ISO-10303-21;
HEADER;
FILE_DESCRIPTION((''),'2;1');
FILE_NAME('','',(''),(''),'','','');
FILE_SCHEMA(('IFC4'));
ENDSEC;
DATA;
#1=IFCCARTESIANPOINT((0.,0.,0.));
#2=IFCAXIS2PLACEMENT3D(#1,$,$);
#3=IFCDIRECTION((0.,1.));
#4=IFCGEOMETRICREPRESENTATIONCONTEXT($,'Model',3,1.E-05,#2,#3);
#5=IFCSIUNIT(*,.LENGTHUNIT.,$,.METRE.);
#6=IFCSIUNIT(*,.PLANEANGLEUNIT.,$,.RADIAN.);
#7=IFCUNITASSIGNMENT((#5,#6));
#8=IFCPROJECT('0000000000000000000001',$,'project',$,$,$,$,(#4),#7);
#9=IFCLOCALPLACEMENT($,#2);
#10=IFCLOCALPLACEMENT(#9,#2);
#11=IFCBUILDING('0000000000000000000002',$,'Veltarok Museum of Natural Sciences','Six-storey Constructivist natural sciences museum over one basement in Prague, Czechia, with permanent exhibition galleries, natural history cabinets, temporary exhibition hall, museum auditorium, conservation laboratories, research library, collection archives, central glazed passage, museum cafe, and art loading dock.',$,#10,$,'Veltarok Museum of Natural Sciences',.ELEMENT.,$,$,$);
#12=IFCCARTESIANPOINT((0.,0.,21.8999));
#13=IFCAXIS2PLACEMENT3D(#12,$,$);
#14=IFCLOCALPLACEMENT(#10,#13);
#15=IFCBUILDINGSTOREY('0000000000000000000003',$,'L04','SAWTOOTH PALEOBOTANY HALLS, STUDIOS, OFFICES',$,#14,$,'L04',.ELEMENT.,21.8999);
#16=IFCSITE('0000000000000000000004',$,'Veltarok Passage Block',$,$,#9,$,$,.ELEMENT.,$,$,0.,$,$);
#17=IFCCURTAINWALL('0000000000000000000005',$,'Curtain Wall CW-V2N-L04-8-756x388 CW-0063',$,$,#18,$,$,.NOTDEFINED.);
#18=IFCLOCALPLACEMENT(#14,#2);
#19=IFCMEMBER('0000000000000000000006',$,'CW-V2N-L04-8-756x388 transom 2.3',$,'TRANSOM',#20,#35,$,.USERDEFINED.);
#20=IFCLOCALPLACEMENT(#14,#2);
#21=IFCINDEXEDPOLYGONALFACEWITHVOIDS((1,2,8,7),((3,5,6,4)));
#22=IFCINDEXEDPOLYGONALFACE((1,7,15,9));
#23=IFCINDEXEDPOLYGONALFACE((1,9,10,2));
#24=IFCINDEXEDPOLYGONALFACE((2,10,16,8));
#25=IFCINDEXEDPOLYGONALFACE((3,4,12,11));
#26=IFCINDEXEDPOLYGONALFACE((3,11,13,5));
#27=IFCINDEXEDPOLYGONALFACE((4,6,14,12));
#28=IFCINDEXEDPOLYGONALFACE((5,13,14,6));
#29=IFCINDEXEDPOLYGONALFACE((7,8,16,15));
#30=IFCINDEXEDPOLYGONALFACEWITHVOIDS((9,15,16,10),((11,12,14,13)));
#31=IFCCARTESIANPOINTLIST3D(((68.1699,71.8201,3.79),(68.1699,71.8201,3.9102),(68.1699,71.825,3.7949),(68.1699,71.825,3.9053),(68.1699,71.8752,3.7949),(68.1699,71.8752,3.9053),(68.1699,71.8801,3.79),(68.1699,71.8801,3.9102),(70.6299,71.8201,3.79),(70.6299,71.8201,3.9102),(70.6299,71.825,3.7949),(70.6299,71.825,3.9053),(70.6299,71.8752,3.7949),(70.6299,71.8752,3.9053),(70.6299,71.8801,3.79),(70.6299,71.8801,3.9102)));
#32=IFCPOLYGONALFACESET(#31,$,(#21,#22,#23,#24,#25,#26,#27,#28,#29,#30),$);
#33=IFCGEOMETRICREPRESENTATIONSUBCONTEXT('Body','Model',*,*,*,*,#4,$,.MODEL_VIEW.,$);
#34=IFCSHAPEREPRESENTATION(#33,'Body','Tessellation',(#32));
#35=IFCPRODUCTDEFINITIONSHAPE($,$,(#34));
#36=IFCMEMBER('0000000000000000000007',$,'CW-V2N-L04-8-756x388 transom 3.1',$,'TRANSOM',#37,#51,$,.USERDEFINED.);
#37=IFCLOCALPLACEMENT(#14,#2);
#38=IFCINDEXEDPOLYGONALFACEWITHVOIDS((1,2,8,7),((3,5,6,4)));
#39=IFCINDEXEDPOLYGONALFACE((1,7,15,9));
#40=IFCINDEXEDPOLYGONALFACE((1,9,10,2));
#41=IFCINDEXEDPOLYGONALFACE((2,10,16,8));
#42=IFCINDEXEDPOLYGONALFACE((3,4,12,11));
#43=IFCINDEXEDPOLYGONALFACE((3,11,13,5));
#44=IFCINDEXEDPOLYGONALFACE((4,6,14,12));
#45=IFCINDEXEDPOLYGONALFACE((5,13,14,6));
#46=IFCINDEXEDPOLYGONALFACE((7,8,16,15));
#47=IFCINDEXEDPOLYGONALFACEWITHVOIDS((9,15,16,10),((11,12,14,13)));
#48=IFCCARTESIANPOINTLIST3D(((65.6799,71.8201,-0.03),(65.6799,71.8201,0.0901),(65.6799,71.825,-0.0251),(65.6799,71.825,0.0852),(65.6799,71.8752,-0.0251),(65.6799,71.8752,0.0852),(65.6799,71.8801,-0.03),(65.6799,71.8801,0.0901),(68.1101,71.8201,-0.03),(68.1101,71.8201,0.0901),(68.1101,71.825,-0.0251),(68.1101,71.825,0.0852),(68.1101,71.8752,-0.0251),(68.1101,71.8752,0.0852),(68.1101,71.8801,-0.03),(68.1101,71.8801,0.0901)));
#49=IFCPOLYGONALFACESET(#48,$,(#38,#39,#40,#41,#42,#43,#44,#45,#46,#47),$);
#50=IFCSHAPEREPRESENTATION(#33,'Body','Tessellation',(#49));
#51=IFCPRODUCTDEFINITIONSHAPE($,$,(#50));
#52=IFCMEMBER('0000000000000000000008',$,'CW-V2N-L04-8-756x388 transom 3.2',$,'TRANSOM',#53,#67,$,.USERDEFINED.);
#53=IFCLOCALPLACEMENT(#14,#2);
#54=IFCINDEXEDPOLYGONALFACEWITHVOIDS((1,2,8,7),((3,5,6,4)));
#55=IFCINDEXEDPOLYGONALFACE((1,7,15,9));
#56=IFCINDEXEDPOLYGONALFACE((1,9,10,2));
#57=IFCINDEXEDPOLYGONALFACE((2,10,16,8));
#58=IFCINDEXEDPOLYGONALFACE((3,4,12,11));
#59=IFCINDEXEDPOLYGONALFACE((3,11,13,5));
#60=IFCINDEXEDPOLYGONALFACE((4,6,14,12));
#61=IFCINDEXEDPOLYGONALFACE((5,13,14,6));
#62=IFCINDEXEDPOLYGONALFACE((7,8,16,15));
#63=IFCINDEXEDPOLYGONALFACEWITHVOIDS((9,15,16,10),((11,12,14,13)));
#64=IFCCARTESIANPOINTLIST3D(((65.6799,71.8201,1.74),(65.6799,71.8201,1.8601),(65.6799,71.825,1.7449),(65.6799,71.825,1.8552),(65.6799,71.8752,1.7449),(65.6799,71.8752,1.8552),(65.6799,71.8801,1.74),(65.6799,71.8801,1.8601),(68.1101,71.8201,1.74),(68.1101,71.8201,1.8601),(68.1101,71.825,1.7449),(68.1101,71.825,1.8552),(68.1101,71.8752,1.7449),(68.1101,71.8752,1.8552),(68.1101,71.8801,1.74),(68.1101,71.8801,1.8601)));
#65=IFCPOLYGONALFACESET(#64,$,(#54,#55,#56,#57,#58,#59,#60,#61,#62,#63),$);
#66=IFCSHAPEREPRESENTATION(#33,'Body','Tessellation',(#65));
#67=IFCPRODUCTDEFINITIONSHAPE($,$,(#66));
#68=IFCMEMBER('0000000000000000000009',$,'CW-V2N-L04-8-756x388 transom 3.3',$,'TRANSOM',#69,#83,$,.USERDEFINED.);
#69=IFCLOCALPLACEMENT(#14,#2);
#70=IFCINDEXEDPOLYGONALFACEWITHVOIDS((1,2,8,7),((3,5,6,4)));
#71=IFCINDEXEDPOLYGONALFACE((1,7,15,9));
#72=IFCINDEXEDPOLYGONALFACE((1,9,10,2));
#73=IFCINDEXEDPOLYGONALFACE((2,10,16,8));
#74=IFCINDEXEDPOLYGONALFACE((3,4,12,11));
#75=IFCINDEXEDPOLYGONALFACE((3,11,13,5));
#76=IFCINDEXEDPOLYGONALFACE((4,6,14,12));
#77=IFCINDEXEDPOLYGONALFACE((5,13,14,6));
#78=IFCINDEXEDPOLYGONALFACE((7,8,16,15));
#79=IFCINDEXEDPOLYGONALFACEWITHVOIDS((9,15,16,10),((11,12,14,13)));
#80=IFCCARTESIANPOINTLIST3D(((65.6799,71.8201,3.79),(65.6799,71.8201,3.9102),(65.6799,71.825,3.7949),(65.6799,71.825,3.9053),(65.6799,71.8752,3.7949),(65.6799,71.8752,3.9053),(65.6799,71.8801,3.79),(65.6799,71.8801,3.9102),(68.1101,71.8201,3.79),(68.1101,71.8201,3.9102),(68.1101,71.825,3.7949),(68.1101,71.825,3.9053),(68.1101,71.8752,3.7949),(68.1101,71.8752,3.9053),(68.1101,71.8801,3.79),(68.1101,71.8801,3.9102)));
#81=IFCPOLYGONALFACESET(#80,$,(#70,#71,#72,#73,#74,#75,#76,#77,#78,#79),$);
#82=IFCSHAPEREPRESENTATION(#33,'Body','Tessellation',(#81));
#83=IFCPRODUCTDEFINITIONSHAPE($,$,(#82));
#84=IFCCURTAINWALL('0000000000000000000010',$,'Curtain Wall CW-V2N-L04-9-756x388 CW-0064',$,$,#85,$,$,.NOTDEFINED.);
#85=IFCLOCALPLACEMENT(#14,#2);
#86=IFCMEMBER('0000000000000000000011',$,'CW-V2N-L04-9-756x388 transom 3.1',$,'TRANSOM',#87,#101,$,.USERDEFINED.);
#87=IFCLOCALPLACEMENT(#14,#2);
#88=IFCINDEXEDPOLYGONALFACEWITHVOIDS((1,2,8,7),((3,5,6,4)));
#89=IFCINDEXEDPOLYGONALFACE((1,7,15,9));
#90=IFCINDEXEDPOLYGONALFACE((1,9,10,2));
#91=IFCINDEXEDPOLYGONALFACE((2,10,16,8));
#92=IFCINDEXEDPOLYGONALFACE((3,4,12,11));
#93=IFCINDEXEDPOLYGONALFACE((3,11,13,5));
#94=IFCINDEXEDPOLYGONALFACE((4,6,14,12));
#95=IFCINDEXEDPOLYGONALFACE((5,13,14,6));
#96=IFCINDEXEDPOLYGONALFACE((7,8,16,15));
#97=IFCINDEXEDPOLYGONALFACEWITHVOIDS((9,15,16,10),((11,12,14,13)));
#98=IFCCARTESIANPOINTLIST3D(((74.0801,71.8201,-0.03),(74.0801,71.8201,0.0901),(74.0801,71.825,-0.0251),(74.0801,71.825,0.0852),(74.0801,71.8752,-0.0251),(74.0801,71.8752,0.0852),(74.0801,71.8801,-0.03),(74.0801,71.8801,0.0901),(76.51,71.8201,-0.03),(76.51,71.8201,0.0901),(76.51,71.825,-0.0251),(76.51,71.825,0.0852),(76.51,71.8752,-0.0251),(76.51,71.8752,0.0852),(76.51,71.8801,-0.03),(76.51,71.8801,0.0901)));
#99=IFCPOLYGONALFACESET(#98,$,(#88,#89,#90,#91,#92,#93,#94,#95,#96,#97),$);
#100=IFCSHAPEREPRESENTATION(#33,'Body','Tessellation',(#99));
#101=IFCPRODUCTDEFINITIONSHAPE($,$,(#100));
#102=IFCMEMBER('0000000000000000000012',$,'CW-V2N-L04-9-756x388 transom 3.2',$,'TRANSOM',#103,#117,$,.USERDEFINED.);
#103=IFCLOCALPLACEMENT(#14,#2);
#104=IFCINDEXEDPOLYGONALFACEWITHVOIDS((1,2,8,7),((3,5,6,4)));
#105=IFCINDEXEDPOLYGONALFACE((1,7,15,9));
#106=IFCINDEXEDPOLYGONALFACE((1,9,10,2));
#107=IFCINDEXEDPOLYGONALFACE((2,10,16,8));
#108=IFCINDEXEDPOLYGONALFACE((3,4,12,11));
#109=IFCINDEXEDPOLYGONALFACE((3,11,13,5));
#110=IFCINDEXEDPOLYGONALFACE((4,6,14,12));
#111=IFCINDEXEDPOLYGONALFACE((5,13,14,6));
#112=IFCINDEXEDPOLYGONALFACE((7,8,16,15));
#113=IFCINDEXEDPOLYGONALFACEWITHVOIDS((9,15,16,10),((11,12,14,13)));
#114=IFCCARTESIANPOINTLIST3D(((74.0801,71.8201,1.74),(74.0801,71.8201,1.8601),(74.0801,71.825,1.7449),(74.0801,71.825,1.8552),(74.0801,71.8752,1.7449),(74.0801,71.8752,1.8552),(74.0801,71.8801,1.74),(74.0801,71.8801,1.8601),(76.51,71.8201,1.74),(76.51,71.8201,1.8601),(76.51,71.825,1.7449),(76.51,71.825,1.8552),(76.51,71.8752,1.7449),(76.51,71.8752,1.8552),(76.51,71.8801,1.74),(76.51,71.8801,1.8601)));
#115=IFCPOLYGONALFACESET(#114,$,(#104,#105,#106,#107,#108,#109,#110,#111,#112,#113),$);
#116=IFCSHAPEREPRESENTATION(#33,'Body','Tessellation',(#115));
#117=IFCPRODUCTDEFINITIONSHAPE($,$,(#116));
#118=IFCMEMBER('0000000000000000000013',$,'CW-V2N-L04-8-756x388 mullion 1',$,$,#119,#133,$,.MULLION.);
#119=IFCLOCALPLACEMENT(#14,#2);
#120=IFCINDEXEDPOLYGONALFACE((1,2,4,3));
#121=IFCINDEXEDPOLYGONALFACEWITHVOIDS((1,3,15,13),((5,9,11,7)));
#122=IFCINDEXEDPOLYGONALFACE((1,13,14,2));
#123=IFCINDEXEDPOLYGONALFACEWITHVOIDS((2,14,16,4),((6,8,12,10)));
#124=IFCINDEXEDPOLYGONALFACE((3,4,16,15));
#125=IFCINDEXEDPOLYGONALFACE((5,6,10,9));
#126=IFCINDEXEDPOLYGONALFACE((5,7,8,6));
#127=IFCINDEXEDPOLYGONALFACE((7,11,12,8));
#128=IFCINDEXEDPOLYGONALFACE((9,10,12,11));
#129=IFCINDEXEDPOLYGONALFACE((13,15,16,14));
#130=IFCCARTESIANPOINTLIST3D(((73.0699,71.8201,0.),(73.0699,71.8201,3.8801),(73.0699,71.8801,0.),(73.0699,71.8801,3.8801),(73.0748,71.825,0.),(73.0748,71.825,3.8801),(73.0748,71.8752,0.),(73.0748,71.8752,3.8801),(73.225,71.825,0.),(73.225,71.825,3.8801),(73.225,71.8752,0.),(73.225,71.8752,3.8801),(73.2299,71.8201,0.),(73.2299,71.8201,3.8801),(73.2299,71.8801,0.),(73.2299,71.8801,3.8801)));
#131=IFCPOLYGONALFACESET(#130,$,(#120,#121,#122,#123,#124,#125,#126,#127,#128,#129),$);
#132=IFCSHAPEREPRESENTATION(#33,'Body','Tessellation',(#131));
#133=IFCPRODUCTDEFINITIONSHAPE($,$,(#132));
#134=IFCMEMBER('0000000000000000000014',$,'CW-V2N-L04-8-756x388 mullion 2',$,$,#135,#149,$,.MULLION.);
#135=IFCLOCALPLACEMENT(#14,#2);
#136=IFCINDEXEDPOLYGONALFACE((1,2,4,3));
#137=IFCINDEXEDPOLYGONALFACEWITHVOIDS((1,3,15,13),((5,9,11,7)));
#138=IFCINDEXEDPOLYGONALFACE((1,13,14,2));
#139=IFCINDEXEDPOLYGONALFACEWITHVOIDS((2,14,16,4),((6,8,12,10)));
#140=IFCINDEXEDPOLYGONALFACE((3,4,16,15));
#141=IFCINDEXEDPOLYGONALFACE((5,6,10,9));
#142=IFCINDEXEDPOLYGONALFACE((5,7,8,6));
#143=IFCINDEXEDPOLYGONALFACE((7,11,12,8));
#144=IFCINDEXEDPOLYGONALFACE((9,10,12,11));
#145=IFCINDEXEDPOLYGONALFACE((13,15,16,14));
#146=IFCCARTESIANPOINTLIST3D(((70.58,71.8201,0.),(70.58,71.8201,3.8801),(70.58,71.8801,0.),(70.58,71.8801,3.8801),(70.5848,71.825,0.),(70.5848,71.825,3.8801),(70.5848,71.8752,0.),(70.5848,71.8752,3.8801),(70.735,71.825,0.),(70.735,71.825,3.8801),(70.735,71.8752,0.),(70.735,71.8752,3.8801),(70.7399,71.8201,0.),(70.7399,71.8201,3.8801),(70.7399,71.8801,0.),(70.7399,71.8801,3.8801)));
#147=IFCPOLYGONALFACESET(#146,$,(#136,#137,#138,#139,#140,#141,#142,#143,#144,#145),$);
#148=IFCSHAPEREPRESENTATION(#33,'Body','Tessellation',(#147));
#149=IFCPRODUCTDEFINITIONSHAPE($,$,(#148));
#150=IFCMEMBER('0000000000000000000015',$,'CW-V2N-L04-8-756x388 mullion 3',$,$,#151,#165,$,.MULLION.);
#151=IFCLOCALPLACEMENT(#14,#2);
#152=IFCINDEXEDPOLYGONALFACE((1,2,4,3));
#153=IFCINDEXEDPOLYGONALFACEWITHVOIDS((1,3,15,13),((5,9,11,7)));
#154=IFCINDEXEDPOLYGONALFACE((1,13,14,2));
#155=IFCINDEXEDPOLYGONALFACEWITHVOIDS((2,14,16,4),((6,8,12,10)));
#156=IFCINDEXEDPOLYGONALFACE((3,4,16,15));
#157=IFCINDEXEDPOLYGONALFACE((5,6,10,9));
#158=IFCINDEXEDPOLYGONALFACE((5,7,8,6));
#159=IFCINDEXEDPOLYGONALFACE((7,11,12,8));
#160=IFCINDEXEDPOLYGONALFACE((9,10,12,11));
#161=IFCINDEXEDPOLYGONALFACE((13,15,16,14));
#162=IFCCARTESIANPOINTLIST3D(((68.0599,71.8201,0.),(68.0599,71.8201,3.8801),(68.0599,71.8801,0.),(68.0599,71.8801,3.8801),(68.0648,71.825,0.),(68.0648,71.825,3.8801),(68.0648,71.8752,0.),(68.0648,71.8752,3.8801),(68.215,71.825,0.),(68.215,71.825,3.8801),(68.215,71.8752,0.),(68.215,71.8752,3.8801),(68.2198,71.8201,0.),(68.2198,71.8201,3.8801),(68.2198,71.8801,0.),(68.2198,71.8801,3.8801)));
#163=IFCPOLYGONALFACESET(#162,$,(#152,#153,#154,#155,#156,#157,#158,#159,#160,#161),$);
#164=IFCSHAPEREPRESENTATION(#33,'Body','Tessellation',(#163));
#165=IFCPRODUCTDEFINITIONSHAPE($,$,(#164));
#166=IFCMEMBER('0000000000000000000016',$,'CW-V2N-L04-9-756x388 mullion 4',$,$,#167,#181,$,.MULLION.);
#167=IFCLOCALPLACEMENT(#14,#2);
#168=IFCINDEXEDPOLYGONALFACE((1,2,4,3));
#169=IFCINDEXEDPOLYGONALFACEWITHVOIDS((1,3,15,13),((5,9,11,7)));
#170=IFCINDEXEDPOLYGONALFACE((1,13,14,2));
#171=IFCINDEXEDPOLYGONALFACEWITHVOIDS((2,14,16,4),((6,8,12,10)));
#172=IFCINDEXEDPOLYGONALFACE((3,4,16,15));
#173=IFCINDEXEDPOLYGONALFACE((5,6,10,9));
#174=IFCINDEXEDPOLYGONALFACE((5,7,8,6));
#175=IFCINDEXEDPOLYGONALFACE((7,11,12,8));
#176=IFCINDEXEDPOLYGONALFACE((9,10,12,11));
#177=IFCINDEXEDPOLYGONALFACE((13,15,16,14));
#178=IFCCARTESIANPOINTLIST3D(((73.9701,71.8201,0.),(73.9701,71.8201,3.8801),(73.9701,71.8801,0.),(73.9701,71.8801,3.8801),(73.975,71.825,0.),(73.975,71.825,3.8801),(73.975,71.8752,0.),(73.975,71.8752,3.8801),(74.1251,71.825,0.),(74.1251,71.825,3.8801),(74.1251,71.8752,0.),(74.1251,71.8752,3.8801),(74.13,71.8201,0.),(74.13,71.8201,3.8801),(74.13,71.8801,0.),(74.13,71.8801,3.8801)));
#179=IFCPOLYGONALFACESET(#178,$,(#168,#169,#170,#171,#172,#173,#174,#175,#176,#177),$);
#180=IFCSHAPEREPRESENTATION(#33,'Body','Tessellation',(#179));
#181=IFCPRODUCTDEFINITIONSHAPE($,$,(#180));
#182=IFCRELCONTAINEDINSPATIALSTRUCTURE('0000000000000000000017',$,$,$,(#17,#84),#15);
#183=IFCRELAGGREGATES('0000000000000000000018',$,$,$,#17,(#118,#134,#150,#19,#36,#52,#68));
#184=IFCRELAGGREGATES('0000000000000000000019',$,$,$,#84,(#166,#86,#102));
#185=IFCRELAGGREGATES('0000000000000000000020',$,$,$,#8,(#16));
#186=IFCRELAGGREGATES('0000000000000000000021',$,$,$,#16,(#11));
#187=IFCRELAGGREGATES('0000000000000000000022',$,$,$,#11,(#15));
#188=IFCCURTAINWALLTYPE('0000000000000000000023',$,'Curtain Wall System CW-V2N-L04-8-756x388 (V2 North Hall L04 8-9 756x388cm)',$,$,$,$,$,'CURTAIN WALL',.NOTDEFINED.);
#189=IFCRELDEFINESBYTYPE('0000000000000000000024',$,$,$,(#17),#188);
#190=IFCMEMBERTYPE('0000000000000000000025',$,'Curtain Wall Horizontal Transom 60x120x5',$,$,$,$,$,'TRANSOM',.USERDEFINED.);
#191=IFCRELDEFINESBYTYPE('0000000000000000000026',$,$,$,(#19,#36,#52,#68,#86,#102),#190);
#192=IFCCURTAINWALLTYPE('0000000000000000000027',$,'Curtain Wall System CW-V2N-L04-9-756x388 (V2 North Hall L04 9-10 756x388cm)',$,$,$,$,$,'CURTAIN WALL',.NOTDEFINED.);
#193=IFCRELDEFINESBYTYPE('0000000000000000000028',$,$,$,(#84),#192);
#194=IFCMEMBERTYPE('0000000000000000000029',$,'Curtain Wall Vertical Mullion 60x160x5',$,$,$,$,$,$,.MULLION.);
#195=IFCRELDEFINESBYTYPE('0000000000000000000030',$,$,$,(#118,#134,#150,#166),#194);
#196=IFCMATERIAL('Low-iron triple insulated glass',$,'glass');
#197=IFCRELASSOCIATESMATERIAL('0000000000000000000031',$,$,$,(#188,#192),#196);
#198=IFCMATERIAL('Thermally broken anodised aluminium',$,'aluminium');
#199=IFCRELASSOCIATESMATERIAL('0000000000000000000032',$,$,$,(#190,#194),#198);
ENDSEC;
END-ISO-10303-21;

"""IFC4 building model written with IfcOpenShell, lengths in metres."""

from ifc_helpers import new_model, si_unit, direction, frame, origin, origin_2d, place, context, subcontext, project, spatial, hollow_rectangle, extrude, material, material_profile, profile_set, type_object, element, aggregate, save


model = new_model("IFC4")

# Units and contexts
model_context = context("Model", 3, precision=1e-05, world=origin(), true_north=direction((0.0, 1.0)))
body_context = subcontext(model_context, "Body", "Model", "MODEL_VIEW")
ifc_project = project(units=[si_unit("LENGTHUNIT", "METRE"), si_unit("PLANEANGLEUNIT", "RADIAN")], contexts=[model_context])

# Site, building, storey
site_placement = place(None, origin())
site = spatial("IfcSite", under=ifc_project, at=site_placement, Name="Veltarok Passage Block", CompositionType="ELEMENT", RefElevation=0.0)
building_placement = place(site_placement, origin())
building = spatial("IfcBuilding", under=site, at=building_placement, Name="Veltarok Museum of Natural Sciences", Description="Six-storey Constructivist natural sciences museum over one basement in Prague, Czechia, with permanent exhibition galleries, natural history cabinets, temporary exhibition hall, museum auditorium, conservation laboratories, research library, collection archives, central glazed passage, museum cafe, and art loading dock.", LongName="Veltarok Museum of Natural Sciences", CompositionType="ELEMENT")
storey_placement = place(building_placement, frame((0.0, 0.0, 21.8999)))
storey = spatial("IfcBuildingStorey", under=building, at=storey_placement, Name="L04", Description="SAWTOOTH PALEOBOTANY HALLS, STUDIOS, OFFICES", LongName="L04", CompositionType="ELEMENT", Elevation=21.8999)

# Curtain walls, members
ifc_material_1 = material(Name="Low-iron triple insulated glass", Category="glass")
curtain_wall_type_1 = type_object("IfcCurtainWallType", Name="Curtain Wall System CW-V2N-L04-8-756x388 (V2 North Hall L04 8-9 756x388cm)", ElementType="CURTAIN WALL", PredefinedType="NOTDEFINED", material=ifc_material_1)
curtain_wall_1_placement = place(storey_placement, origin())
curtain_wall_1 = element("IfcCurtainWall", 1, at=curtain_wall_1_placement, inside=storey, type_object=curtain_wall_type_1, Name="Curtain Wall CW-V2N-L04-8-756x388 CW-0063", PredefinedType="NOTDEFINED")
ifc_material_2 = material(Name="Thermally broken anodised aluminium", Category="aluminium")
ifc_material_profile_1 = material_profile(ifc_material_2, hollow_rectangle(XDim=0.0601, YDim=0.1201, WallThickness=0.0049, at=origin_2d()), Name="CW TRANSOM 60x120x5")
ifc_profile_set_1 = profile_set([ifc_material_profile_1], Name="Thermally broken anodised aluminium")
member_type_1 = type_object("IfcMemberType", Name="Curtain Wall Horizontal Transom 60x120x5", ElementType="TRANSOM", PredefinedType="USERDEFINED", material=ifc_profile_set_1)
member_1_placement = place(storey_placement, frame((70.6299, 71.8501, 3.8501), z_axis=(-1.0, 0.0, 0.0), x_axis=(0.0, -1.0, 0.0)))
member_1 = element("IfcMember", 2, at=member_1_placement, type_object=member_type_1, Name="CW-V2N-L04-8-756x388 transom 2.3", ObjectType="TRANSOM", PredefinedType="USERDEFINED", context=body_context, shape_type="SweptSolid", body=[
    extrude(hollow_rectangle(XDim=0.0601, YDim=0.1201, WallThickness=0.0049, at=origin_2d()), origin(), (0.0, 0.0, 1.0), 2.46),
])
member_2_placement = place(storey_placement, frame((68.1101, 71.8501, 0.03), z_axis=(-1.0, 0.0, 0.0), x_axis=(0.0, -1.0, 0.0)))
member_2 = element("IfcMember", 3, at=member_2_placement, type_object=member_type_1, Name="CW-V2N-L04-8-756x388 transom 3.1", ObjectType="TRANSOM", PredefinedType="USERDEFINED", context=body_context, shape_type="SweptSolid", body=[
    extrude(hollow_rectangle(XDim=0.0601, YDim=0.1201, WallThickness=0.0049, at=origin_2d()), origin(), (0.0, 0.0, 1.0), 2.4302),
])
member_3_placement = place(storey_placement, frame((68.1101, 71.8501, 1.8), z_axis=(-1.0, 0.0, 0.0), x_axis=(0.0, -1.0, 0.0)))
member_3 = element("IfcMember", 4, at=member_3_placement, type_object=member_type_1, Name="CW-V2N-L04-8-756x388 transom 3.2", ObjectType="TRANSOM", PredefinedType="USERDEFINED", context=body_context, shape_type="SweptSolid", body=[
    extrude(hollow_rectangle(XDim=0.0601, YDim=0.1201, WallThickness=0.0049, at=origin_2d()), origin(), (0.0, 0.0, 1.0), 2.4302),
])
member_4_placement = place(storey_placement, frame((68.1101, 71.8501, 3.8501), z_axis=(-1.0, 0.0, 0.0), x_axis=(0.0, -1.0, 0.0)))
member_4 = element("IfcMember", 5, at=member_4_placement, type_object=member_type_1, Name="CW-V2N-L04-8-756x388 transom 3.3", ObjectType="TRANSOM", PredefinedType="USERDEFINED", context=body_context, shape_type="SweptSolid", body=[
    extrude(hollow_rectangle(XDim=0.0601, YDim=0.1201, WallThickness=0.0049, at=origin_2d()), origin(), (0.0, 0.0, 1.0), 2.4302),
])
curtain_wall_type_2 = type_object("IfcCurtainWallType", Name="Curtain Wall System CW-V2N-L04-9-756x388 (V2 North Hall L04 9-10 756x388cm)", ElementType="CURTAIN WALL", PredefinedType="NOTDEFINED", material=ifc_material_1)
curtain_wall_2_placement = place(storey_placement, origin())
curtain_wall_2 = element("IfcCurtainWall", 6, at=curtain_wall_2_placement, inside=storey, type_object=curtain_wall_type_2, Name="Curtain Wall CW-V2N-L04-9-756x388 CW-0064", PredefinedType="NOTDEFINED")
member_5_placement = place(storey_placement, frame((76.51, 71.8501, 0.03), z_axis=(-1.0, 0.0, 0.0), x_axis=(0.0, -1.0, 0.0)))
member_5 = element("IfcMember", 7, at=member_5_placement, type_object=member_type_1, Name="CW-V2N-L04-9-756x388 transom 3.1", ObjectType="TRANSOM", PredefinedType="USERDEFINED", context=body_context, shape_type="SweptSolid", body=[
    extrude(hollow_rectangle(XDim=0.0601, YDim=0.1201, WallThickness=0.0049, at=origin_2d()), origin(), (0.0, 0.0, 1.0), 2.4299),
])
member_6_placement = place(storey_placement, frame((76.51, 71.8501, 1.8), z_axis=(-1.0, 0.0, 0.0), x_axis=(0.0, -1.0, 0.0)))
member_6 = element("IfcMember", 8, at=member_6_placement, type_object=member_type_1, Name="CW-V2N-L04-9-756x388 transom 3.2", ObjectType="TRANSOM", PredefinedType="USERDEFINED", context=body_context, shape_type="SweptSolid", body=[
    extrude(hollow_rectangle(XDim=0.0601, YDim=0.1201, WallThickness=0.0049, at=origin_2d()), origin(), (0.0, 0.0, 1.0), 2.4299),
])

# Members
ifc_material_profile_2 = material_profile(ifc_material_2, hollow_rectangle(XDim=0.0601, YDim=0.1599, WallThickness=0.0049, at=origin_2d()), Name="CW MULLION 60x160x5")
ifc_profile_set_2 = profile_set([ifc_material_profile_2], Name="Thermally broken anodised aluminium")
member_type_2 = type_object("IfcMemberType", Name="Curtain Wall Vertical Mullion 60x160x5", PredefinedType="MULLION", material=ifc_profile_set_2)
member_7_placement = place(storey_placement, frame((73.1499, 71.8501, 0.0), z_axis=(0.0, 0.0, 1.0), x_axis=(0.0, -1.0, 0.0)))
member_7 = element("IfcMember", 9, at=member_7_placement, type_object=member_type_2, Name="CW-V2N-L04-8-756x388 mullion 1", PredefinedType="MULLION", context=body_context, shape_type="SweptSolid", body=[
    extrude(hollow_rectangle(XDim=0.0601, YDim=0.1599, WallThickness=0.0049, at=origin_2d()), origin(), (0.0, 0.0, 1.0), 3.8801),
])
member_8_placement = place(storey_placement, frame((70.6599, 71.8501, 0.0), z_axis=(0.0, 0.0, 1.0), x_axis=(0.0, -1.0, 0.0)))
member_8 = element("IfcMember", 10, at=member_8_placement, type_object=member_type_2, Name="CW-V2N-L04-8-756x388 mullion 2", PredefinedType="MULLION", context=body_context, shape_type="SweptSolid", body=[
    extrude(hollow_rectangle(XDim=0.0601, YDim=0.1599, WallThickness=0.0049, at=origin_2d()), origin(), (0.0, 0.0, 1.0), 3.8801),
])
member_9_placement = place(storey_placement, frame((68.1399, 71.8501, 0.0), z_axis=(0.0, 0.0, 1.0), x_axis=(0.0, -1.0, 0.0)))
member_9 = element("IfcMember", 11, at=member_9_placement, type_object=member_type_2, Name="CW-V2N-L04-8-756x388 mullion 3", PredefinedType="MULLION", context=body_context, shape_type="SweptSolid", body=[
    extrude(hollow_rectangle(XDim=0.0601, YDim=0.1599, WallThickness=0.0049, at=origin_2d()), origin(), (0.0, 0.0, 1.0), 3.8801),
])
member_10_placement = place(storey_placement, frame((74.05, 71.8501, 0.0), z_axis=(0.0, 0.0, 1.0), x_axis=(0.0, -1.0, 0.0)))
member_10 = element("IfcMember", 12, at=member_10_placement, type_object=member_type_2, Name="CW-V2N-L04-9-756x388 mullion 4", PredefinedType="MULLION", context=body_context, shape_type="SweptSolid", body=[
    extrude(hollow_rectangle(XDim=0.0601, YDim=0.1599, WallThickness=0.0049, at=origin_2d()), origin(), (0.0, 0.0, 1.0), 3.8801),
])

aggregate(curtain_wall_1, [member_7, member_8, member_9, member_1, member_2, member_3, member_4])
aggregate(curtain_wall_2, [member_10, member_5, member_6])

save(model, "model.ifc")
